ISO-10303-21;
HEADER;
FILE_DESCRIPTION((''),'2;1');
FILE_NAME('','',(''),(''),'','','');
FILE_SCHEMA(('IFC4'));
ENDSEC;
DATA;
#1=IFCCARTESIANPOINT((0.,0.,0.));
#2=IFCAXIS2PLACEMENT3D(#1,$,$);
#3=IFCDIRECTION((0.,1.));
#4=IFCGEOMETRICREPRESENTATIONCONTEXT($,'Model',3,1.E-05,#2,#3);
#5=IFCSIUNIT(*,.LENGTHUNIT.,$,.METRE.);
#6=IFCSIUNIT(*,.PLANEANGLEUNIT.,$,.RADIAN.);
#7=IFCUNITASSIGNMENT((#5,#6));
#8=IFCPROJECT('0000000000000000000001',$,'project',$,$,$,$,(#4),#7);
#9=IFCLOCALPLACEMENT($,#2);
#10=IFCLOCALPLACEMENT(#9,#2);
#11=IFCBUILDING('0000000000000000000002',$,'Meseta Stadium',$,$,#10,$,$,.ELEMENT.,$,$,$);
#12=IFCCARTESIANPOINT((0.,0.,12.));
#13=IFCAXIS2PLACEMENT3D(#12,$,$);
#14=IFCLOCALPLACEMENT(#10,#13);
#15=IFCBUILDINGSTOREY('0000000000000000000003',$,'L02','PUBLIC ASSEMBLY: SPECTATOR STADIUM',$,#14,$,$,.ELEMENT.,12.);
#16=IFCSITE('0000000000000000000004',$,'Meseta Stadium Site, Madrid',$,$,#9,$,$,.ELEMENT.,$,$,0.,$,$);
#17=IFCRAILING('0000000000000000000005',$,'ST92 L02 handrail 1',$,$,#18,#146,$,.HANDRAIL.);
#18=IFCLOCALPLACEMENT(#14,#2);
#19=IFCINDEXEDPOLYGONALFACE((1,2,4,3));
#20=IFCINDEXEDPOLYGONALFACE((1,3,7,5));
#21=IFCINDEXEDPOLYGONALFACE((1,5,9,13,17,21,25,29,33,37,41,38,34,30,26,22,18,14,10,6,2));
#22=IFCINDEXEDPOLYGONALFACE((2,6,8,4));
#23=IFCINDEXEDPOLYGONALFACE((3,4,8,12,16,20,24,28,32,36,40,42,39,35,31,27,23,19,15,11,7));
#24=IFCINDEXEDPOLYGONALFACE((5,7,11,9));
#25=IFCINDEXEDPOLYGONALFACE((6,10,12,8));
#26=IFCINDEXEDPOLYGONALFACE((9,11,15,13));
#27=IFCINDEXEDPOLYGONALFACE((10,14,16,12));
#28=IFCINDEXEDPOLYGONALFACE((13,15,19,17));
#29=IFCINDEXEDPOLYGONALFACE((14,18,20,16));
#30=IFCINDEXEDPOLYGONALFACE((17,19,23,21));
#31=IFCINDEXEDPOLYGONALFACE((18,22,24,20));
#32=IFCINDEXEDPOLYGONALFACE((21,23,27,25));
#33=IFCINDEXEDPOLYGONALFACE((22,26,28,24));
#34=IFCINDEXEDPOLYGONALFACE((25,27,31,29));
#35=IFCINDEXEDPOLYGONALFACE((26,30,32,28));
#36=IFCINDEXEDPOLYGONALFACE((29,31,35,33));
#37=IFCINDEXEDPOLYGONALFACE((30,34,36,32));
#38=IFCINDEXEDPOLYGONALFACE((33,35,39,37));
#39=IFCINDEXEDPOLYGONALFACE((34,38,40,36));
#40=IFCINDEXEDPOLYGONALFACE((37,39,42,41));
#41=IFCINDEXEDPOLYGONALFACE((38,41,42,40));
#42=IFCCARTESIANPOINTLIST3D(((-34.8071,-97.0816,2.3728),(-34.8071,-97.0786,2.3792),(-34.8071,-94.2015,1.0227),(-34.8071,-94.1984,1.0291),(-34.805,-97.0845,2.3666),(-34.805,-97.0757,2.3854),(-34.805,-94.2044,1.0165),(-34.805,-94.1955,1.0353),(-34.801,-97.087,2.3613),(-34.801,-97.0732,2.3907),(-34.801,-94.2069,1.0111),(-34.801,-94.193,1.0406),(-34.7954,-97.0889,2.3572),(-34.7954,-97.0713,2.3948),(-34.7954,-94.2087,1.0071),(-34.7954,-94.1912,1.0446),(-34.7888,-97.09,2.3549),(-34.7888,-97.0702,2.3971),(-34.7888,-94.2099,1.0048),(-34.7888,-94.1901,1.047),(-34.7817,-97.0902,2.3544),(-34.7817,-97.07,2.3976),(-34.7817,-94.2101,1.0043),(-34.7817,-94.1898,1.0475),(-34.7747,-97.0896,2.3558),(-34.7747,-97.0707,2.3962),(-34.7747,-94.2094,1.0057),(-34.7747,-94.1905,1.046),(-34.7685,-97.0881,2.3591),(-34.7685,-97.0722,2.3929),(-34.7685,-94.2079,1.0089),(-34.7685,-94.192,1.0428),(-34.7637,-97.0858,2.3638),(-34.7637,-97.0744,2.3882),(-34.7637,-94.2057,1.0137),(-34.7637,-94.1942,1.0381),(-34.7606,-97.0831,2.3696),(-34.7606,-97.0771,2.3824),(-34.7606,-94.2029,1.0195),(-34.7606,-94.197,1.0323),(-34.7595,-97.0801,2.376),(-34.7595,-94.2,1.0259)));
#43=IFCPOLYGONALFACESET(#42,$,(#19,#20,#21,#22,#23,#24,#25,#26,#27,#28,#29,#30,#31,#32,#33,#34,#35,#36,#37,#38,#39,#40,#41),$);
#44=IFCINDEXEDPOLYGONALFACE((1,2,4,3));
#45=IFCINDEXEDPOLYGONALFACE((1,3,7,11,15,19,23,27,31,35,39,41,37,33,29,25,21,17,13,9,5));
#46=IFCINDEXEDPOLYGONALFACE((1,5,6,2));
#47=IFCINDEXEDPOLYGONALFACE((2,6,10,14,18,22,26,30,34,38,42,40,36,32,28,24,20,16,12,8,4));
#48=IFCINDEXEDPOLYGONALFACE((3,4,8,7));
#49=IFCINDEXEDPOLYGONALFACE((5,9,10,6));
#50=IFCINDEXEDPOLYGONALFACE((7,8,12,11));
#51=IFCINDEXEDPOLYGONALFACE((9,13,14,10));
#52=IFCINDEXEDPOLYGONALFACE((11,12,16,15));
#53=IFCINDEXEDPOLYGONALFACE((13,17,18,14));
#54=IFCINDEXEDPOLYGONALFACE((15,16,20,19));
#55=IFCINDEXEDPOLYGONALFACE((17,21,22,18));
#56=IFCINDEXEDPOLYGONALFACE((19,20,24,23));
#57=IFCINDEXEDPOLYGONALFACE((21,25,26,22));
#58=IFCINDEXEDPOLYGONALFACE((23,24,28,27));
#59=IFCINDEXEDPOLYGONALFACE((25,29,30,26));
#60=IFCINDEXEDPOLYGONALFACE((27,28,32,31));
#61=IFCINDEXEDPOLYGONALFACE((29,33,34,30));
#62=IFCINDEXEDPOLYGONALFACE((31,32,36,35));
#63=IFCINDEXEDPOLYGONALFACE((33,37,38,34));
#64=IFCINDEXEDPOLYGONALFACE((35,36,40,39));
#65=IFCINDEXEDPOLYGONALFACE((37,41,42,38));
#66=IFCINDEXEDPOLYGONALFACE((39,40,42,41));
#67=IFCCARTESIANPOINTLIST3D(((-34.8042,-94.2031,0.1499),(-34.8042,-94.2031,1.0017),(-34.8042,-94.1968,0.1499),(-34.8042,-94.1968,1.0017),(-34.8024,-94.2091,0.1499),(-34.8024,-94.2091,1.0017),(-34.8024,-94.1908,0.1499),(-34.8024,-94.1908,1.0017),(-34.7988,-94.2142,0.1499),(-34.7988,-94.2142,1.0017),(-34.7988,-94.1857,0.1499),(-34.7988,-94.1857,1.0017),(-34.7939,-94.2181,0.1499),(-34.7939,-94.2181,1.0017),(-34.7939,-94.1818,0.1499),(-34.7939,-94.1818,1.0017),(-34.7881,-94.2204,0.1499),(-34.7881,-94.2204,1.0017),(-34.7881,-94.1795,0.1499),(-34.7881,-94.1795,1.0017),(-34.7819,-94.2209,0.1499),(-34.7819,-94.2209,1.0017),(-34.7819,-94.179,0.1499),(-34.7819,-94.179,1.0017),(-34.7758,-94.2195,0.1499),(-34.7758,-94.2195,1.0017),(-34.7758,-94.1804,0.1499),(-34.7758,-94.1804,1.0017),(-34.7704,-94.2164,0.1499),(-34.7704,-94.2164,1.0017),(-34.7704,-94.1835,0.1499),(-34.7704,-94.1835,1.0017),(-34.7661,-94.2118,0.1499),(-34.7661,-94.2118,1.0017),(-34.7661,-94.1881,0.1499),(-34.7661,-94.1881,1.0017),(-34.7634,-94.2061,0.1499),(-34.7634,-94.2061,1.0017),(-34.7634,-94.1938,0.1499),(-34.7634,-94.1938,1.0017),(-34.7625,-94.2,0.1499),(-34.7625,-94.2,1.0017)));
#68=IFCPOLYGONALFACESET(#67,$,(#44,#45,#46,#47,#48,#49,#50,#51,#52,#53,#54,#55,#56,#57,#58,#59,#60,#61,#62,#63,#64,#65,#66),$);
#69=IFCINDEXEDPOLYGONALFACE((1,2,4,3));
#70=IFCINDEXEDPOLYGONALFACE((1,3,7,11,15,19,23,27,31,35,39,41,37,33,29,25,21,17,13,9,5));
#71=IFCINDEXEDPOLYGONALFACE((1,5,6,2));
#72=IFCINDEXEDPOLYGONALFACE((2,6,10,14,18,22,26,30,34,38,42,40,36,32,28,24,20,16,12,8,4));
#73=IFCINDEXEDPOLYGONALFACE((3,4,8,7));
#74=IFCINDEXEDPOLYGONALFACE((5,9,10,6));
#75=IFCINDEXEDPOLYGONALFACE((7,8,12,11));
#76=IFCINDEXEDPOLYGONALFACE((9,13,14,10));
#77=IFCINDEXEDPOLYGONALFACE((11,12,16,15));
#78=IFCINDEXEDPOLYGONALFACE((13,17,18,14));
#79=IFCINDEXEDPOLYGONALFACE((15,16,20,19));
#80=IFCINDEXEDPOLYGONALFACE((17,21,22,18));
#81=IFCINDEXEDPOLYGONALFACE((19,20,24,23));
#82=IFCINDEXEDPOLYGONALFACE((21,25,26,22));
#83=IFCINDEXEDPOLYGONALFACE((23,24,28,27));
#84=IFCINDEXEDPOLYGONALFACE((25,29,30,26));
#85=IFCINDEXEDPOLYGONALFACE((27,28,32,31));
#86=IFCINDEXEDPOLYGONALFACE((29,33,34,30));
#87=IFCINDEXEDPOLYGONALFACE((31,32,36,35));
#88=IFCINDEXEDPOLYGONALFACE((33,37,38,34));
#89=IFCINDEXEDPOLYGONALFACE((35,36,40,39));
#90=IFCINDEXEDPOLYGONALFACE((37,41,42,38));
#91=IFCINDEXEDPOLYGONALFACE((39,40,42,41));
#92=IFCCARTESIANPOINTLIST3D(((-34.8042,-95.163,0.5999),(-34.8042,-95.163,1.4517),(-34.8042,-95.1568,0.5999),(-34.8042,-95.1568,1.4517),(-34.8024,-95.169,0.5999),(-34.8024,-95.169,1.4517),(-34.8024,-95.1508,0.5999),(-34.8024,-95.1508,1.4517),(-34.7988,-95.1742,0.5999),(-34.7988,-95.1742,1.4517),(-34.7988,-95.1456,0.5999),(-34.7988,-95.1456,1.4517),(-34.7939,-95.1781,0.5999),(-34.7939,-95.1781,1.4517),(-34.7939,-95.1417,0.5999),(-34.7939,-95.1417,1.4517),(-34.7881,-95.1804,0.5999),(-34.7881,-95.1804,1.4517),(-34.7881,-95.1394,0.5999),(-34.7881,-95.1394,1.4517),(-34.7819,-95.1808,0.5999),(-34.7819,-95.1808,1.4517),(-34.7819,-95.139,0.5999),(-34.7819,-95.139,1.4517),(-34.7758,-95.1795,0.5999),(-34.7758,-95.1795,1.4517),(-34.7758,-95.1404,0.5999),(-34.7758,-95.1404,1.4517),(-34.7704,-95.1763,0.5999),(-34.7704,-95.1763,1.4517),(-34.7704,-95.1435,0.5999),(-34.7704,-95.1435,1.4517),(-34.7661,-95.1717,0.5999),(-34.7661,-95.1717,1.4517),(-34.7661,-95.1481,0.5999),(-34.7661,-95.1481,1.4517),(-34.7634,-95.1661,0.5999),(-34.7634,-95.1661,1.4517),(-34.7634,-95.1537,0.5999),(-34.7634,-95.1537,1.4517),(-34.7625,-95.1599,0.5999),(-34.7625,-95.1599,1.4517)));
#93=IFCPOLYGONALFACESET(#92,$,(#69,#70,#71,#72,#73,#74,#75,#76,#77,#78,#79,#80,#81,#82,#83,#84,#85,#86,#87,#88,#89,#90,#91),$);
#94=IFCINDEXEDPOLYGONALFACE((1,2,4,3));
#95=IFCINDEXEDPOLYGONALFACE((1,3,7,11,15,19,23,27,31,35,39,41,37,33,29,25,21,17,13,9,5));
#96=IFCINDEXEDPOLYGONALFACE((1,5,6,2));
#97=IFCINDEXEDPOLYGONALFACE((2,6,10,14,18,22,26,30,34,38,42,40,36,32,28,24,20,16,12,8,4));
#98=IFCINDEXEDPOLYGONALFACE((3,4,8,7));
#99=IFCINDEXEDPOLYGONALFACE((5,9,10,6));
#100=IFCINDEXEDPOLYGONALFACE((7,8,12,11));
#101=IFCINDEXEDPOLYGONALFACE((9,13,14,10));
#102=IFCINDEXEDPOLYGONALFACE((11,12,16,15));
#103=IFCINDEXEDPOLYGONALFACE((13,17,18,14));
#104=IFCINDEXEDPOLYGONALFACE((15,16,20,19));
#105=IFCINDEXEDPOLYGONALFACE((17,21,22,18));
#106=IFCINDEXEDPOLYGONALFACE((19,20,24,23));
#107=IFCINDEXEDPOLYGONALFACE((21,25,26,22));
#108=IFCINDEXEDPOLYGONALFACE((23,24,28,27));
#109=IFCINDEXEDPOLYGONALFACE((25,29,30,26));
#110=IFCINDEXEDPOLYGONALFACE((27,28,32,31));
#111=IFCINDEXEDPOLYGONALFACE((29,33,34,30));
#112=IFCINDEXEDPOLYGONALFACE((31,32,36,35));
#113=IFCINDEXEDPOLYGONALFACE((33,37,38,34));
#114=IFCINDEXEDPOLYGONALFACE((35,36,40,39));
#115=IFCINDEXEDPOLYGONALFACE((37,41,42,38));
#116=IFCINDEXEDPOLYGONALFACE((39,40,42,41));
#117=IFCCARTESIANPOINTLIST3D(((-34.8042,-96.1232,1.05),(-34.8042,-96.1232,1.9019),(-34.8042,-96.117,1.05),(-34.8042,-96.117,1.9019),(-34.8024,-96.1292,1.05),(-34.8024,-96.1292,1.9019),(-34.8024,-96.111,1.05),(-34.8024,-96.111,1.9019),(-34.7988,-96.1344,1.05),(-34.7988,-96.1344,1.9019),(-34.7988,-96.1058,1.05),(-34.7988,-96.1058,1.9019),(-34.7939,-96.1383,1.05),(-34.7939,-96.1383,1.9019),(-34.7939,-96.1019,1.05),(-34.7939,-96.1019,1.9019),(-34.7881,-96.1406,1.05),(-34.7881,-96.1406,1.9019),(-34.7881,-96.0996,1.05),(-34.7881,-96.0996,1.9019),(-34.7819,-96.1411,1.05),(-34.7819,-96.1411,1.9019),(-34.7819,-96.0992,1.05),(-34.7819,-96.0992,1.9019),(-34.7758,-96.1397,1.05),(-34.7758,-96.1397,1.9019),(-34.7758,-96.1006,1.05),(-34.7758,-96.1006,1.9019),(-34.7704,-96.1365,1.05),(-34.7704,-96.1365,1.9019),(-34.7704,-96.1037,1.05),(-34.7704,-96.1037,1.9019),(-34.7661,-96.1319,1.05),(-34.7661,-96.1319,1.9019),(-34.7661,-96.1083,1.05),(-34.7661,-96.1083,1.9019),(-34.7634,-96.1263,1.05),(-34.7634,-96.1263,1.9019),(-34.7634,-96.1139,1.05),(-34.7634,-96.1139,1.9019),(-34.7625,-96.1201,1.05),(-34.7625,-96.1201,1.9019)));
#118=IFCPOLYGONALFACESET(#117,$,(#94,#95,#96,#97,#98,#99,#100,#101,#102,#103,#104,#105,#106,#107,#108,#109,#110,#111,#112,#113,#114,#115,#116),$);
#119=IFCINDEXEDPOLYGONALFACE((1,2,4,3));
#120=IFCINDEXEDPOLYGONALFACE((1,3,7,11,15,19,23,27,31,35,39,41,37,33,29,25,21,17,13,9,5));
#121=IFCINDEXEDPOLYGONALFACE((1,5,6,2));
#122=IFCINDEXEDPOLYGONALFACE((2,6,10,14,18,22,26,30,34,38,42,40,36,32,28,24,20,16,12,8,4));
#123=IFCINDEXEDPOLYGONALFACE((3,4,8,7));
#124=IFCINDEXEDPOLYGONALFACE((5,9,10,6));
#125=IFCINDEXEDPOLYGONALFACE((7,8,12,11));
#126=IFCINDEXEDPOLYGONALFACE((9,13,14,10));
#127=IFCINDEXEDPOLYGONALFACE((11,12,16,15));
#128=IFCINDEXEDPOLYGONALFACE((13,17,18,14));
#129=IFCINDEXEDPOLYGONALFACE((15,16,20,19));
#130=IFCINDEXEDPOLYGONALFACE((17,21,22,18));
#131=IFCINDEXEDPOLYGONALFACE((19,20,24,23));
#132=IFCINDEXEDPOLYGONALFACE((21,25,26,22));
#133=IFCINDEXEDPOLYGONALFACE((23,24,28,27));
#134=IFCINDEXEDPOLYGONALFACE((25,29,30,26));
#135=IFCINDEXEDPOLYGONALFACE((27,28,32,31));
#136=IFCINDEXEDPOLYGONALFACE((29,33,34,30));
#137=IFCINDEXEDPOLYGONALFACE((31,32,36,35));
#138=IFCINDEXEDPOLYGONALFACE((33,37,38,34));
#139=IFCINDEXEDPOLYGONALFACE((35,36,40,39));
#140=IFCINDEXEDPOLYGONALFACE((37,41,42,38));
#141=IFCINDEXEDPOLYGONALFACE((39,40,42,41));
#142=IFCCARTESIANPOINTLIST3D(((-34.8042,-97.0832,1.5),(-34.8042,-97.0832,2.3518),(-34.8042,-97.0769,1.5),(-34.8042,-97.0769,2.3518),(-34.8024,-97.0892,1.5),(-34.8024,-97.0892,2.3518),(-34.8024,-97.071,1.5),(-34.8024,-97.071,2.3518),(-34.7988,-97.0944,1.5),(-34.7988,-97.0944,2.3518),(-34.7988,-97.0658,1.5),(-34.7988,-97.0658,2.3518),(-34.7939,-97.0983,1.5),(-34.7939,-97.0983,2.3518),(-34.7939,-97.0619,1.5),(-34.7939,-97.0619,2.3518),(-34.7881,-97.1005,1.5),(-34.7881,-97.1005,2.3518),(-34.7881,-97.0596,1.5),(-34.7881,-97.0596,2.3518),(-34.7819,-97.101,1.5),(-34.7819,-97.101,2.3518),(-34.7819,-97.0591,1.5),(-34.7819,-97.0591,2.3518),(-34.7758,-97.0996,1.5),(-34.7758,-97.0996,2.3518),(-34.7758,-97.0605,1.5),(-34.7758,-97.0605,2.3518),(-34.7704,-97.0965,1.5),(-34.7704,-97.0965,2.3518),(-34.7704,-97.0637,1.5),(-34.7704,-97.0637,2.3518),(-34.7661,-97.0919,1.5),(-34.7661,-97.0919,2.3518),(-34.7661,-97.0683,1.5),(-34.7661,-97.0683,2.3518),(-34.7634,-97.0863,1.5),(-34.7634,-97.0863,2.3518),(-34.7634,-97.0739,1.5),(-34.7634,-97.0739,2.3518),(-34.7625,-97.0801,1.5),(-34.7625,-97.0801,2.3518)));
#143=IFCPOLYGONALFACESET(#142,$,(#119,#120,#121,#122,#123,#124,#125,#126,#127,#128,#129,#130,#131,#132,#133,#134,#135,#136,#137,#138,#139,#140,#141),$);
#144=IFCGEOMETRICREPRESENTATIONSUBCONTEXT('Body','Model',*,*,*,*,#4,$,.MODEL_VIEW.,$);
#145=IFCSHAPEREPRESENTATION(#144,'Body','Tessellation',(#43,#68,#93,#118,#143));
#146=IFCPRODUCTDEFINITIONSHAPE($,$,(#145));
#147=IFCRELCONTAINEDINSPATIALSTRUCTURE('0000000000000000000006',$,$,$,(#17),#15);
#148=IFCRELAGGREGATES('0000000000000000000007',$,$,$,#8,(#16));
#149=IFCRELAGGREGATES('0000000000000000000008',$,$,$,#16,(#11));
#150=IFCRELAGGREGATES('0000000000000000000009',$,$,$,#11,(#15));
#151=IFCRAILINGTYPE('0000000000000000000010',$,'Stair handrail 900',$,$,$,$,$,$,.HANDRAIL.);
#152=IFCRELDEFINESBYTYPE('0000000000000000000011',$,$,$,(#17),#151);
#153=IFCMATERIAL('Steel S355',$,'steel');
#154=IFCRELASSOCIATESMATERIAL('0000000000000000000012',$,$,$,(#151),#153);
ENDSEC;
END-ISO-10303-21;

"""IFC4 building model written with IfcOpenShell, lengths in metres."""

from ifc_helpers import new_model, si_unit, direction, frame, origin, origin_2d, place, context, subcontext, project, spatial, circle, extrude, material, type_object, element, save


model = new_model("IFC4")

# Units and contexts
model_context = context("Model", 3, precision=1e-05, world=origin(), true_north=direction((0.0, 1.0)))
body_context = subcontext(model_context, "Body", "Model", "MODEL_VIEW")
ifc_project = project(units=[si_unit("LENGTHUNIT", "METRE"), si_unit("PLANEANGLEUNIT", "RADIAN")], contexts=[model_context])

# Site, building, storey
site_placement = place(None, origin())
site = spatial("IfcSite", under=ifc_project, at=site_placement, Name="Meseta Stadium Site, Madrid", CompositionType="ELEMENT", RefElevation=0.0)
building_placement = place(site_placement, origin())
building = spatial("IfcBuilding", under=site, at=building_placement, Name="Meseta Stadium", CompositionType="ELEMENT")
storey_placement = place(building_placement, frame((0.0, 0.0, 12.0)))
storey = spatial("IfcBuildingStorey", under=building, at=storey_placement, Name="L02", Description="PUBLIC ASSEMBLY: SPECTATOR STADIUM", CompositionType="ELEMENT", Elevation=12.0)

# Railing
ifc_material_1 = material(Name="Steel S355", Category="steel")
railing_type_1 = type_object("IfcRailingType", Name="Stair handrail 900", PredefinedType="HANDRAIL", material=ifc_material_1)
for number, where, name in (
    (1, (-34.7834, -94.2, 0.1499), "ST92 L02 handrail 1"),
):
    element("IfcRailing", number, at=place(storey_placement, frame(where)), inside=storey, type_object=railing_type_1, Name=name, PredefinedType="HANDRAIL", context=body_context, shape_type="SweptSolid", body=[
        extrude(circle(Radius=0.0239, at=origin_2d()), frame((0.0, 0.0, 0.876), z_axis=(0.0, -0.905454, 0.424444), x_axis=(1.0, 0.0, 0.0)), (0.0, 0.0, 1.0), 3.1809),
        extrude(circle(Radius=0.021, at=origin_2d()), origin(), (0.0, 0.0, 1.0), 0.8518),
        extrude(circle(Radius=0.021, at=origin_2d()), frame((0.0, -0.96, 0.45)), (0.0, 0.0, 1.0), 0.8518),
        extrude(circle(Radius=0.021, at=origin_2d()), frame((0.0, -1.9202, 0.9001)), (0.0, 0.0, 1.0), 0.8518),
        extrude(circle(Radius=0.021, at=origin_2d()), frame((0.0, -2.8801, 1.3501)), (0.0, 0.0, 1.0), 0.8518),
    ])

save(model, "model.ifc")
